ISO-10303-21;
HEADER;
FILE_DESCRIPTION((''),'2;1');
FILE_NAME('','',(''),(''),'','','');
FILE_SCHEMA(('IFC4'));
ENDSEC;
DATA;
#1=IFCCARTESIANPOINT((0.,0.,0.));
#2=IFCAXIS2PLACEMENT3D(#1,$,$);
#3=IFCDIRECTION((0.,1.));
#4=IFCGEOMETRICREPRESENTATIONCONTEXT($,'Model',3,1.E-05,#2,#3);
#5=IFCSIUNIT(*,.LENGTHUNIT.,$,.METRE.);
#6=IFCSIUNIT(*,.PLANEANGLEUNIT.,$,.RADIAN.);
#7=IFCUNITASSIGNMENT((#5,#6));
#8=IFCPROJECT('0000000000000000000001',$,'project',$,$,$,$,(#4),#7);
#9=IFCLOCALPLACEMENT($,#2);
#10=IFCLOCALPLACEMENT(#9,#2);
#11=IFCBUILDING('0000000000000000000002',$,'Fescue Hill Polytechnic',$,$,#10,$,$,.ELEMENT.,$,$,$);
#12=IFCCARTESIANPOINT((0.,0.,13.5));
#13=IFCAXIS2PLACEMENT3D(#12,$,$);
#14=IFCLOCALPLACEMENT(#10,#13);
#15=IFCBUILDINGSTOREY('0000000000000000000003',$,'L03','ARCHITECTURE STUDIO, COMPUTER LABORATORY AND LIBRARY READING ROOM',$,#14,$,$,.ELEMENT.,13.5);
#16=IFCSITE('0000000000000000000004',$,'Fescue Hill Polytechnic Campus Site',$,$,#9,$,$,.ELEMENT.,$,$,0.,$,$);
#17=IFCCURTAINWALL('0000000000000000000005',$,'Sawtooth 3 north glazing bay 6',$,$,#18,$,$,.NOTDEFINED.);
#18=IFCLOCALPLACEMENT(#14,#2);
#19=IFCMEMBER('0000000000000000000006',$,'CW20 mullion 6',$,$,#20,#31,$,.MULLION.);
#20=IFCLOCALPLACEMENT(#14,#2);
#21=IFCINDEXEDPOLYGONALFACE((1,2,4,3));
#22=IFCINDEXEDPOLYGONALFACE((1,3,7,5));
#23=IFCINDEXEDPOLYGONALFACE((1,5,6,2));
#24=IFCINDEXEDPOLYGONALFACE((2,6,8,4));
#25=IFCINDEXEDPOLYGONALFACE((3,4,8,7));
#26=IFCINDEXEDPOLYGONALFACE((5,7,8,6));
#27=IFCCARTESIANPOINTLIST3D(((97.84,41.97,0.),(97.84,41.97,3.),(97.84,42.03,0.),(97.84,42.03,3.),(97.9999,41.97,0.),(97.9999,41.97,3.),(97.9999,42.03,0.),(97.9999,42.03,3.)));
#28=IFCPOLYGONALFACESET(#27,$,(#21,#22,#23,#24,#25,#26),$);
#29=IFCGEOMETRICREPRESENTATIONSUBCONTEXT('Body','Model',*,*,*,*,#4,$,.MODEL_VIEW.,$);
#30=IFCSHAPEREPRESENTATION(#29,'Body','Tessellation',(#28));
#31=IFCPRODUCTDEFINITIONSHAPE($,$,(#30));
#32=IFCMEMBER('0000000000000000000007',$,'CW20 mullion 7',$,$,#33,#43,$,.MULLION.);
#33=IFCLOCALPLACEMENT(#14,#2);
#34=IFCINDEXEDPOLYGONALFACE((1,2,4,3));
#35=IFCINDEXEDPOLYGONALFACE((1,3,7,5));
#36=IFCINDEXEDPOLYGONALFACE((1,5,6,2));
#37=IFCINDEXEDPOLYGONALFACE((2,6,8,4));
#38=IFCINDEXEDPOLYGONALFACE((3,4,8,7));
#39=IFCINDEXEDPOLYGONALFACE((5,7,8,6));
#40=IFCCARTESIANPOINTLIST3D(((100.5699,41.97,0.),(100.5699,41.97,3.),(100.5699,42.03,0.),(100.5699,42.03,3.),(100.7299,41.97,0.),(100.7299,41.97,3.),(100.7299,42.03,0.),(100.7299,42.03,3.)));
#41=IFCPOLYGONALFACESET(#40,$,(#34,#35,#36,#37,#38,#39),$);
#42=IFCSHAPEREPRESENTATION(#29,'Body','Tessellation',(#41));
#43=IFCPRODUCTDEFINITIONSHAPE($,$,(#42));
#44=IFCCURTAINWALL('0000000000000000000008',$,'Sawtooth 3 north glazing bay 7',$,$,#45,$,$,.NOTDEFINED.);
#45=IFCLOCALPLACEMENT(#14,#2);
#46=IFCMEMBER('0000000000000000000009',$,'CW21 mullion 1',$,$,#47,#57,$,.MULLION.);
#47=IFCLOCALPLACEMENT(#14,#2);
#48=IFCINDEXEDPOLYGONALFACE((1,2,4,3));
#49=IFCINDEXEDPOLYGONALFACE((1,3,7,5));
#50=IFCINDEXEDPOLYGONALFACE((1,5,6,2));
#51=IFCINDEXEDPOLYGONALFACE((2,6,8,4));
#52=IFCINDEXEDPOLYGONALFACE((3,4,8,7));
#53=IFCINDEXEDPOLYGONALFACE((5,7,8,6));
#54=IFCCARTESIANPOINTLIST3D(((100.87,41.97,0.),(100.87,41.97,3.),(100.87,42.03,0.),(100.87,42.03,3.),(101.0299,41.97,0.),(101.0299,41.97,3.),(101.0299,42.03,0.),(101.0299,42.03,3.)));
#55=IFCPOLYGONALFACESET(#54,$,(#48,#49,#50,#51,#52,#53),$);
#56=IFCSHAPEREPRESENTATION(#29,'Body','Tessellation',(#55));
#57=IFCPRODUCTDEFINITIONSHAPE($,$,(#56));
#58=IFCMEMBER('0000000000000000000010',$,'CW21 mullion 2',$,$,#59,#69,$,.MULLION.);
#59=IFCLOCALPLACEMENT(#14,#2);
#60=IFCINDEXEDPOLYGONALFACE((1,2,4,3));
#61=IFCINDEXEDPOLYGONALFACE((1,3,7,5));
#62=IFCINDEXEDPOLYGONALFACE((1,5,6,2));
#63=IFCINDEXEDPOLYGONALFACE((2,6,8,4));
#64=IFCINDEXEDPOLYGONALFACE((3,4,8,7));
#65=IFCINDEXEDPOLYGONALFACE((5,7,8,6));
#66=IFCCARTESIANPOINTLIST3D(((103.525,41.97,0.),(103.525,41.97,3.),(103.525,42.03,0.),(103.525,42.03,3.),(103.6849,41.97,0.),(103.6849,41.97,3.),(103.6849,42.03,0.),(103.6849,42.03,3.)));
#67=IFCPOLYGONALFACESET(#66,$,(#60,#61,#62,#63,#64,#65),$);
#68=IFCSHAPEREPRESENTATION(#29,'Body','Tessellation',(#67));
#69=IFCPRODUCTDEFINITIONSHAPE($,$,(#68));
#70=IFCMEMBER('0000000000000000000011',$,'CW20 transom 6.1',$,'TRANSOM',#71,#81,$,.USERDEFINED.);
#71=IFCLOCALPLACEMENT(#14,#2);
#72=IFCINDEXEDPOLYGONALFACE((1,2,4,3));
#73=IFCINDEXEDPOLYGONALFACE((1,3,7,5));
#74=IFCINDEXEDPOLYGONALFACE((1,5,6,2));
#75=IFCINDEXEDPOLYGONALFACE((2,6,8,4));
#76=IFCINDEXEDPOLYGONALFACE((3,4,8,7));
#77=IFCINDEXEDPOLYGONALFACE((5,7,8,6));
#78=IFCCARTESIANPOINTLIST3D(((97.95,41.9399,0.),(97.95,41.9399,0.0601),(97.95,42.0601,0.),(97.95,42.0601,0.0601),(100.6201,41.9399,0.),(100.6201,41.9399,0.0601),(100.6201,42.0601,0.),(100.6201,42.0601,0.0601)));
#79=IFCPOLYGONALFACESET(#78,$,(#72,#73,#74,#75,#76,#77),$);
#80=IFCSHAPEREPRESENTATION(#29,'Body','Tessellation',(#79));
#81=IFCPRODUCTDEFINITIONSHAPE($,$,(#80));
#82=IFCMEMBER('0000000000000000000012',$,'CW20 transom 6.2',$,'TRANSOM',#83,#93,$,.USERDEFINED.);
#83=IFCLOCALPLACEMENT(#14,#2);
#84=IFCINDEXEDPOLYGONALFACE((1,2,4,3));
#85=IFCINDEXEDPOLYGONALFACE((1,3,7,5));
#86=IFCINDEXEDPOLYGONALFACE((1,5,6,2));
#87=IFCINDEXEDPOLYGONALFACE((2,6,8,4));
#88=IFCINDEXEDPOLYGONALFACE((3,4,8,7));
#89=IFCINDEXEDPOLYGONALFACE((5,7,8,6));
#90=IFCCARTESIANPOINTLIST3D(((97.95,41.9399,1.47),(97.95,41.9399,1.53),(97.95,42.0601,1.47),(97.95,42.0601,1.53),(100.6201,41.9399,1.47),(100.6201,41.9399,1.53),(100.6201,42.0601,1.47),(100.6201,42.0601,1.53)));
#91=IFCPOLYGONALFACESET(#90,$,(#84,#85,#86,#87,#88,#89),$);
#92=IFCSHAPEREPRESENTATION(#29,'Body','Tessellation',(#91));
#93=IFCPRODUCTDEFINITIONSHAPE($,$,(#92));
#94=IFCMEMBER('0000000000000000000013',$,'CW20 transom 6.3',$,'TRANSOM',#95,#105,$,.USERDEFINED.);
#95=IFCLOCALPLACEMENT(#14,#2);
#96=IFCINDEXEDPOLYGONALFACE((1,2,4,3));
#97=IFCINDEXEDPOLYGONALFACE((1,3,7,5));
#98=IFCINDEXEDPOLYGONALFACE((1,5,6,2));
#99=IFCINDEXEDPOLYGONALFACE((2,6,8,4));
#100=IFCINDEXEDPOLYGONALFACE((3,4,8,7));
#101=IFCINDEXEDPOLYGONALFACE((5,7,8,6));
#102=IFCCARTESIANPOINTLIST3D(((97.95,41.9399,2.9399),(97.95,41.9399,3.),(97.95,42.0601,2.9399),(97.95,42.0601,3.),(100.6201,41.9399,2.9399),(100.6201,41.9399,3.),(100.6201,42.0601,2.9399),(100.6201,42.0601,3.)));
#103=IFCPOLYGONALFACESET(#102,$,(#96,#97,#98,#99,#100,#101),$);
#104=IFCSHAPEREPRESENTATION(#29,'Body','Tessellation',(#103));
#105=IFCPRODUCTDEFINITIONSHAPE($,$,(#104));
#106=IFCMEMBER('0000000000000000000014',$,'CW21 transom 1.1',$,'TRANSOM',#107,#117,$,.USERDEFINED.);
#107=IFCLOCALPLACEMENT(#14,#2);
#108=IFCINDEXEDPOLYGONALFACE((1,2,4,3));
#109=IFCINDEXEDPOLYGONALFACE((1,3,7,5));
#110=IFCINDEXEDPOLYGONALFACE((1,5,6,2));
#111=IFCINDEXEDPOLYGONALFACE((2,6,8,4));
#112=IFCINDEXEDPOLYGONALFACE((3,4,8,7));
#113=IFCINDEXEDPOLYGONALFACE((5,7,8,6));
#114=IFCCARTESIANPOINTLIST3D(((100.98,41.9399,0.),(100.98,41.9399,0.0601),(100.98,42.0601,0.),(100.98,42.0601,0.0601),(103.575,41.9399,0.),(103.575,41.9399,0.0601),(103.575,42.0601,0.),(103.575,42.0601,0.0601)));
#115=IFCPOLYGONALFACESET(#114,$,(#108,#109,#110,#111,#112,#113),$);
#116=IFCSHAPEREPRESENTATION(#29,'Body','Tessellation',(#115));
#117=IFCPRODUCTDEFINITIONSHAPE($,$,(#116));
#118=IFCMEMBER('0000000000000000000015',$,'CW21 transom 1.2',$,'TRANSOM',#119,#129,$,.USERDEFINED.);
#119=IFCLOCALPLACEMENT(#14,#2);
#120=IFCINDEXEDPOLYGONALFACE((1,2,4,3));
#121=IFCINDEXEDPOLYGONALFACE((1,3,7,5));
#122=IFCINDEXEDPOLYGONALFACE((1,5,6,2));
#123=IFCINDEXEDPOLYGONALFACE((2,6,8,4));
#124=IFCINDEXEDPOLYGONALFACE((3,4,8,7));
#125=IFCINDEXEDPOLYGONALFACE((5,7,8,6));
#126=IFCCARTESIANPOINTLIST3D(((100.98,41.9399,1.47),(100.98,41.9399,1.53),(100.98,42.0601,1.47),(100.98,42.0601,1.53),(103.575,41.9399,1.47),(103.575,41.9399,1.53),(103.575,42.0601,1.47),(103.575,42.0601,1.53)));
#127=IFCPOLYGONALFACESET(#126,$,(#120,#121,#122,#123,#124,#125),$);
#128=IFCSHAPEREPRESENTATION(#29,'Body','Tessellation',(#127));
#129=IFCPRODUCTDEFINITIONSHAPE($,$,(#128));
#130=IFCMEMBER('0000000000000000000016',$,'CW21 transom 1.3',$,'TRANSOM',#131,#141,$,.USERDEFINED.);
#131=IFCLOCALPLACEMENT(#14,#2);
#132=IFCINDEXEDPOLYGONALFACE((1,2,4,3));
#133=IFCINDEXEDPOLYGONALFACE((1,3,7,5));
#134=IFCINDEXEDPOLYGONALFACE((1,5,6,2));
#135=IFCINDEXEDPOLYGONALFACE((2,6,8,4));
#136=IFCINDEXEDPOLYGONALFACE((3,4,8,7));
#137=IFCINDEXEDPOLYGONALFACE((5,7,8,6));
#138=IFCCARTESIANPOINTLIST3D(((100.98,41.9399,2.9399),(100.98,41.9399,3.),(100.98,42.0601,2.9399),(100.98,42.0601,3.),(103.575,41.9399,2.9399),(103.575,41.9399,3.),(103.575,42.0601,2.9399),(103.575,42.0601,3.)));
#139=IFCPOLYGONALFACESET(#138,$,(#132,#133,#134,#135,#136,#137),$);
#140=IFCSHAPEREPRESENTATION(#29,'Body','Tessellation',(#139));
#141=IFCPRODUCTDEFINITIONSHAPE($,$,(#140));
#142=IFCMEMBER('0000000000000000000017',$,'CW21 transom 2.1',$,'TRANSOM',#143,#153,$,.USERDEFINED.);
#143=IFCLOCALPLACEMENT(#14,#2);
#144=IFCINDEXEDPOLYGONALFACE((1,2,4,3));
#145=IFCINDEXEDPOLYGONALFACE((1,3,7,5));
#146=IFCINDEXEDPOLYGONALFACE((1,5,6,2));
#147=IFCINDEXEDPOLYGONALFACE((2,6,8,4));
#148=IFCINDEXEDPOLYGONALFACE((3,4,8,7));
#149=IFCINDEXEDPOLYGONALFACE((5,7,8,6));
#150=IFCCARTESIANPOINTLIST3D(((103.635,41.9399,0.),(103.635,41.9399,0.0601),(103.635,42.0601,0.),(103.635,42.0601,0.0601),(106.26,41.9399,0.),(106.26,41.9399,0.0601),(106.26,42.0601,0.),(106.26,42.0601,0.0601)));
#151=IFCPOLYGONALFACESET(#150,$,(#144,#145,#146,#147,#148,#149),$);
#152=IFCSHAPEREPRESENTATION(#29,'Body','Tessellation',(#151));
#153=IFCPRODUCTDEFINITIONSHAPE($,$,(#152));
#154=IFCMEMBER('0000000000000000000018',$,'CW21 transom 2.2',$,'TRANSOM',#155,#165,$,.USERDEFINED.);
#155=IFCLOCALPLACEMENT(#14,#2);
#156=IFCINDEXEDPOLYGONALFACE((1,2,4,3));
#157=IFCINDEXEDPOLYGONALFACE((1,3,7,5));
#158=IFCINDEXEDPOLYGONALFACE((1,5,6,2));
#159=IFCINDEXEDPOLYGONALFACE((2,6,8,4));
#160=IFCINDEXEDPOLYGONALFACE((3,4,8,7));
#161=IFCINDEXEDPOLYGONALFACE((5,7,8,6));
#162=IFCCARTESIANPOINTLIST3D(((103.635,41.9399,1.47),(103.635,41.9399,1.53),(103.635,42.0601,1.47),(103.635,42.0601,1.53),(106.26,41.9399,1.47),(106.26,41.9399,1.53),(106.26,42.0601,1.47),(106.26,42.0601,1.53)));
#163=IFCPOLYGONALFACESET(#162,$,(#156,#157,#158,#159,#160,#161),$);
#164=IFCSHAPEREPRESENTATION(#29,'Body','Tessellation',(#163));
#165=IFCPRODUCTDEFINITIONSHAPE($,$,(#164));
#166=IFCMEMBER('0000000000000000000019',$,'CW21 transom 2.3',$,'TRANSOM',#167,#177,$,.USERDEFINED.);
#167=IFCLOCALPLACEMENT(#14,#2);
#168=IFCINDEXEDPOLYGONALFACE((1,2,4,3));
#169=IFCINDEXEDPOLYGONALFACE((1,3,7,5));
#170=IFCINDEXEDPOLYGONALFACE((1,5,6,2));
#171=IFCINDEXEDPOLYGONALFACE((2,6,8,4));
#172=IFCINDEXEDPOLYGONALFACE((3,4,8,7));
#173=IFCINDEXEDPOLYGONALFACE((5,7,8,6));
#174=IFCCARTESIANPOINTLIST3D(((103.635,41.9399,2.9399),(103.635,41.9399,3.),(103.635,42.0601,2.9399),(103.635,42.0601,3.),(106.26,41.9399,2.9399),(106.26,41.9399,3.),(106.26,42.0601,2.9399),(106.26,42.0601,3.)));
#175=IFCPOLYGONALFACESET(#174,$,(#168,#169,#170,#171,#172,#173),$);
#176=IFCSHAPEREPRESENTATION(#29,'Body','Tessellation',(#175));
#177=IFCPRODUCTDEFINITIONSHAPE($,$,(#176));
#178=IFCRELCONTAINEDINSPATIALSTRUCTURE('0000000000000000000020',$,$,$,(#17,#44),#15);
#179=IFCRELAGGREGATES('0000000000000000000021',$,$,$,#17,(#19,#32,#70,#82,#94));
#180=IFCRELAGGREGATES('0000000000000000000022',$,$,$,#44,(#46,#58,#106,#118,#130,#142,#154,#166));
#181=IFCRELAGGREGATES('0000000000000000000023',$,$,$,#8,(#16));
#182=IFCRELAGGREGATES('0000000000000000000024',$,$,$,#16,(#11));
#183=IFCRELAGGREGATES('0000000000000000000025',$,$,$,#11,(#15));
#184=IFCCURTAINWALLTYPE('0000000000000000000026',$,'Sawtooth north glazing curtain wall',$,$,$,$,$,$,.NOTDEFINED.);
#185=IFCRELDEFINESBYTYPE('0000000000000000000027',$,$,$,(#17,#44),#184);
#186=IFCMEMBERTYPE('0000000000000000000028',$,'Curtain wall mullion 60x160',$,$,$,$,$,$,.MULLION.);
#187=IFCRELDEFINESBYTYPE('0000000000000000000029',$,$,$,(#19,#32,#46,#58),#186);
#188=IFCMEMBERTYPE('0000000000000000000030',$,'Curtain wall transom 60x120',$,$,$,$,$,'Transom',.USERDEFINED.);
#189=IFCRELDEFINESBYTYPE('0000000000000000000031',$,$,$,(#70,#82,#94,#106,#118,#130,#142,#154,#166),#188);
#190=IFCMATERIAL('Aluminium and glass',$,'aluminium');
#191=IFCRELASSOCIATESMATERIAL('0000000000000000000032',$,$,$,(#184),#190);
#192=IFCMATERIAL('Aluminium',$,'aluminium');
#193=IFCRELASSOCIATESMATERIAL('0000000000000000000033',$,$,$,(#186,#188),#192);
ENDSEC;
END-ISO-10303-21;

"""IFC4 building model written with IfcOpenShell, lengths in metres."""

from ifc_helpers import new_model, si_unit, direction, frame, origin, origin_2d, place, context, subcontext, project, spatial, rectangle, extrude, material, material_profile, profile_set, type_object, element, aggregate, save


model = new_model("IFC4")

# Units and contexts
model_context = context("Model", 3, precision=1e-05, world=origin(), true_north=direction((0.0, 1.0)))
body_context = subcontext(model_context, "Body", "Model", "MODEL_VIEW")
ifc_project = project(units=[si_unit("LENGTHUNIT", "METRE"), si_unit("PLANEANGLEUNIT", "RADIAN")], contexts=[model_context])

# Site, building, storey
site_placement = place(None, origin())
site = spatial("IfcSite", under=ifc_project, at=site_placement, Name="Fescue Hill Polytechnic Campus Site", CompositionType="ELEMENT", RefElevation=0.0)
building_placement = place(site_placement, origin())
building = spatial("IfcBuilding", under=site, at=building_placement, Name="Fescue Hill Polytechnic", CompositionType="ELEMENT")
storey_placement = place(building_placement, frame((0.0, 0.0, 13.5)))
storey = spatial("IfcBuildingStorey", under=building, at=storey_placement, Name="L03", Description="ARCHITECTURE STUDIO, COMPUTER LABORATORY AND LIBRARY READING ROOM", CompositionType="ELEMENT", Elevation=13.5)

# Curtain walls, members
ifc_material_1 = material(Name="Aluminium and glass", Category="aluminium")
curtain_wall_type = type_object("IfcCurtainWallType", Name="Sawtooth north glazing curtain wall", PredefinedType="NOTDEFINED", material=ifc_material_1)
curtain_wall_1_placement = place(storey_placement, origin())
curtain_wall_1 = element("IfcCurtainWall", 1, at=curtain_wall_1_placement, inside=storey, type_object=curtain_wall_type, Name="Sawtooth 3 north glazing bay 6", PredefinedType="NOTDEFINED")
ifc_material_2 = material(Name="Aluminium", Category="aluminium")
ifc_material_profile_1 = material_profile(ifc_material_2, rectangle(XDim=0.0601, YDim=0.1599, at=origin_2d()), Name="Curtain wall mullion 60x160")
ifc_profile_set_1 = profile_set([ifc_material_profile_1], Name="Aluminium")
member_type_1 = type_object("IfcMemberType", Name="Curtain wall mullion 60x160", PredefinedType="MULLION", material=ifc_profile_set_1)
member_1_placement = place(storey_placement, frame((97.9199, 42.0, 0.0), z_axis=(0.0, 0.0, 1.0), x_axis=(0.0, 1.0, 0.0)))
member_1 = element("IfcMember", 2, at=member_1_placement, type_object=member_type_1, Name="CW20 mullion 6", PredefinedType="MULLION", context=body_context, shape_type="SweptSolid", body=[
    extrude(rectangle(XDim=0.0601, YDim=0.1599, at=origin_2d()), origin(), (0.0, 0.0, 1.0), 3.0),
])
member_2_placement = place(storey_placement, frame((100.6499, 42.0, 0.0), z_axis=(0.0, 0.0, 1.0), x_axis=(0.0, 1.0, 0.0)))
member_2 = element("IfcMember", 3, at=member_2_placement, type_object=member_type_1, Name="CW20 mullion 7", PredefinedType="MULLION", context=body_context, shape_type="SweptSolid", body=[
    extrude(rectangle(XDim=0.0601, YDim=0.1599, at=origin_2d()), origin(), (0.0, 0.0, 1.0), 3.0),
])
curtain_wall_2_placement = place(storey_placement, origin())
curtain_wall_2 = element("IfcCurtainWall", 4, at=curtain_wall_2_placement, inside=storey, type_object=curtain_wall_type, Name="Sawtooth 3 north glazing bay 7", PredefinedType="NOTDEFINED")
member_3_placement = place(storey_placement, frame((100.95, 42.0, 0.0), z_axis=(0.0, 0.0, 1.0), x_axis=(0.0, 1.0, 0.0)))
member_3 = element("IfcMember", 5, at=member_3_placement, type_object=member_type_1, Name="CW21 mullion 1", PredefinedType="MULLION", context=body_context, shape_type="SweptSolid", body=[
    extrude(rectangle(XDim=0.0601, YDim=0.1599, at=origin_2d()), origin(), (0.0, 0.0, 1.0), 3.0),
])
member_4_placement = place(storey_placement, frame((103.605, 42.0, 0.0), z_axis=(0.0, 0.0, 1.0), x_axis=(0.0, 1.0, 0.0)))
member_4 = element("IfcMember", 6, at=member_4_placement, type_object=member_type_1, Name="CW21 mullion 2", PredefinedType="MULLION", context=body_context, shape_type="SweptSolid", body=[
    extrude(rectangle(XDim=0.0601, YDim=0.1599, at=origin_2d()), origin(), (0.0, 0.0, 1.0), 3.0),
])

# Members
ifc_material_profile_2 = material_profile(ifc_material_2, rectangle(XDim=0.1201, YDim=0.0601, at=origin_2d()), Name="Curtain wall transom 60x120")
ifc_profile_set_2 = profile_set([ifc_material_profile_2], Name="Aluminium")
member_type_2 = type_object("IfcMemberType", Name="Curtain wall transom 60x120", ElementType="Transom", PredefinedType="USERDEFINED", material=ifc_profile_set_2)
member_5_placement = place(storey_placement, frame((97.95, 42.0, 0.03), z_axis=(1.0, 0.0, 0.0), x_axis=(0.0, 1.0, 0.0)))
member_5 = element("IfcMember", 7, at=member_5_placement, type_object=member_type_2, Name="CW20 transom 6.1", ObjectType="TRANSOM", PredefinedType="USERDEFINED", context=body_context, shape_type="SweptSolid", body=[
    extrude(rectangle(XDim=0.1201, YDim=0.0601, at=origin_2d()), origin(), (0.0, 0.0, 1.0), 2.6702),
])
member_6_placement = place(storey_placement, frame((97.95, 42.0, 1.5), z_axis=(1.0, 0.0, 0.0), x_axis=(0.0, 1.0, 0.0)))
member_6 = element("IfcMember", 8, at=member_6_placement, type_object=member_type_2, Name="CW20 transom 6.2", ObjectType="TRANSOM", PredefinedType="USERDEFINED", context=body_context, shape_type="SweptSolid", body=[
    extrude(rectangle(XDim=0.1201, YDim=0.0601, at=origin_2d()), origin(), (0.0, 0.0, 1.0), 2.6702),
])
member_7_placement = place(storey_placement, frame((97.95, 42.0, 2.97), z_axis=(1.0, 0.0, 0.0), x_axis=(0.0, 1.0, 0.0)))
member_7 = element("IfcMember", 9, at=member_7_placement, type_object=member_type_2, Name="CW20 transom 6.3", ObjectType="TRANSOM", PredefinedType="USERDEFINED", context=body_context, shape_type="SweptSolid", body=[
    extrude(rectangle(XDim=0.1201, YDim=0.0601, at=origin_2d()), origin(), (0.0, 0.0, 1.0), 2.6702),
])
member_8_placement = place(storey_placement, frame((100.98, 42.0, 0.03), z_axis=(1.0, 0.0, 0.0), x_axis=(0.0, 1.0, 0.0)))
member_8 = element("IfcMember", 10, at=member_8_placement, type_object=member_type_2, Name="CW21 transom 1.1", ObjectType="TRANSOM", PredefinedType="USERDEFINED", context=body_context, shape_type="SweptSolid", body=[
    extrude(rectangle(XDim=0.1201, YDim=0.0601, at=origin_2d()), origin(), (0.0, 0.0, 1.0), 2.595),
])
member_9_placement = place(storey_placement, frame((100.98, 42.0, 1.5), z_axis=(1.0, 0.0, 0.0), x_axis=(0.0, 1.0, 0.0)))
member_9 = element("IfcMember", 11, at=member_9_placement, type_object=member_type_2, Name="CW21 transom 1.2", ObjectType="TRANSOM", PredefinedType="USERDEFINED", context=body_context, shape_type="SweptSolid", body=[
    extrude(rectangle(XDim=0.1201, YDim=0.0601, at=origin_2d()), origin(), (0.0, 0.0, 1.0), 2.595),
])
member_10_placement = place(storey_placement, frame((100.98, 42.0, 2.97), z_axis=(1.0, 0.0, 0.0), x_axis=(0.0, 1.0, 0.0)))
member_10 = element("IfcMember", 12, at=member_10_placement, type_object=member_type_2, Name="CW21 transom 1.3", ObjectType="TRANSOM", PredefinedType="USERDEFINED", context=body_context, shape_type="SweptSolid", body=[
    extrude(rectangle(XDim=0.1201, YDim=0.0601, at=origin_2d()), origin(), (0.0, 0.0, 1.0), 2.595),
])
member_11_placement = place(storey_placement, frame((103.635, 42.0, 0.03), z_axis=(1.0, 0.0, 0.0), x_axis=(0.0, 1.0, 0.0)))
member_11 = element("IfcMember", 13, at=member_11_placement, type_object=member_type_2, Name="CW21 transom 2.1", ObjectType="TRANSOM", PredefinedType="USERDEFINED", context=body_context, shape_type="SweptSolid", body=[
    extrude(rectangle(XDim=0.1201, YDim=0.0601, at=origin_2d()), origin(), (0.0, 0.0, 1.0), 2.625),
])
member_12_placement = place(storey_placement, frame((103.635, 42.0, 1.5), z_axis=(1.0, 0.0, 0.0), x_axis=(0.0, 1.0, 0.0)))
member_12 = element("IfcMember", 14, at=member_12_placement, type_object=member_type_2, Name="CW21 transom 2.2", ObjectType="TRANSOM", PredefinedType="USERDEFINED", context=body_context, shape_type="SweptSolid", body=[
    extrude(rectangle(XDim=0.1201, YDim=0.0601, at=origin_2d()), origin(), (0.0, 0.0, 1.0), 2.625),
])
member_13_placement = place(storey_placement, frame((103.635, 42.0, 2.97), z_axis=(1.0, 0.0, 0.0), x_axis=(0.0, 1.0, 0.0)))
member_13 = element("IfcMember", 15, at=member_13_placement, type_object=member_type_2, Name="CW21 transom 2.3", ObjectType="TRANSOM", PredefinedType="USERDEFINED", context=body_context, shape_type="SweptSolid", body=[
    extrude(rectangle(XDim=0.1201, YDim=0.0601, at=origin_2d()), origin(), (0.0, 0.0, 1.0), 2.625),
])

aggregate(curtain_wall_1, [member_1, member_2, member_5, member_6, member_7])
aggregate(curtain_wall_2, [member_3, member_4, member_8, member_9, member_10, member_11, member_12, member_13])

save(model, "model.ifc")
